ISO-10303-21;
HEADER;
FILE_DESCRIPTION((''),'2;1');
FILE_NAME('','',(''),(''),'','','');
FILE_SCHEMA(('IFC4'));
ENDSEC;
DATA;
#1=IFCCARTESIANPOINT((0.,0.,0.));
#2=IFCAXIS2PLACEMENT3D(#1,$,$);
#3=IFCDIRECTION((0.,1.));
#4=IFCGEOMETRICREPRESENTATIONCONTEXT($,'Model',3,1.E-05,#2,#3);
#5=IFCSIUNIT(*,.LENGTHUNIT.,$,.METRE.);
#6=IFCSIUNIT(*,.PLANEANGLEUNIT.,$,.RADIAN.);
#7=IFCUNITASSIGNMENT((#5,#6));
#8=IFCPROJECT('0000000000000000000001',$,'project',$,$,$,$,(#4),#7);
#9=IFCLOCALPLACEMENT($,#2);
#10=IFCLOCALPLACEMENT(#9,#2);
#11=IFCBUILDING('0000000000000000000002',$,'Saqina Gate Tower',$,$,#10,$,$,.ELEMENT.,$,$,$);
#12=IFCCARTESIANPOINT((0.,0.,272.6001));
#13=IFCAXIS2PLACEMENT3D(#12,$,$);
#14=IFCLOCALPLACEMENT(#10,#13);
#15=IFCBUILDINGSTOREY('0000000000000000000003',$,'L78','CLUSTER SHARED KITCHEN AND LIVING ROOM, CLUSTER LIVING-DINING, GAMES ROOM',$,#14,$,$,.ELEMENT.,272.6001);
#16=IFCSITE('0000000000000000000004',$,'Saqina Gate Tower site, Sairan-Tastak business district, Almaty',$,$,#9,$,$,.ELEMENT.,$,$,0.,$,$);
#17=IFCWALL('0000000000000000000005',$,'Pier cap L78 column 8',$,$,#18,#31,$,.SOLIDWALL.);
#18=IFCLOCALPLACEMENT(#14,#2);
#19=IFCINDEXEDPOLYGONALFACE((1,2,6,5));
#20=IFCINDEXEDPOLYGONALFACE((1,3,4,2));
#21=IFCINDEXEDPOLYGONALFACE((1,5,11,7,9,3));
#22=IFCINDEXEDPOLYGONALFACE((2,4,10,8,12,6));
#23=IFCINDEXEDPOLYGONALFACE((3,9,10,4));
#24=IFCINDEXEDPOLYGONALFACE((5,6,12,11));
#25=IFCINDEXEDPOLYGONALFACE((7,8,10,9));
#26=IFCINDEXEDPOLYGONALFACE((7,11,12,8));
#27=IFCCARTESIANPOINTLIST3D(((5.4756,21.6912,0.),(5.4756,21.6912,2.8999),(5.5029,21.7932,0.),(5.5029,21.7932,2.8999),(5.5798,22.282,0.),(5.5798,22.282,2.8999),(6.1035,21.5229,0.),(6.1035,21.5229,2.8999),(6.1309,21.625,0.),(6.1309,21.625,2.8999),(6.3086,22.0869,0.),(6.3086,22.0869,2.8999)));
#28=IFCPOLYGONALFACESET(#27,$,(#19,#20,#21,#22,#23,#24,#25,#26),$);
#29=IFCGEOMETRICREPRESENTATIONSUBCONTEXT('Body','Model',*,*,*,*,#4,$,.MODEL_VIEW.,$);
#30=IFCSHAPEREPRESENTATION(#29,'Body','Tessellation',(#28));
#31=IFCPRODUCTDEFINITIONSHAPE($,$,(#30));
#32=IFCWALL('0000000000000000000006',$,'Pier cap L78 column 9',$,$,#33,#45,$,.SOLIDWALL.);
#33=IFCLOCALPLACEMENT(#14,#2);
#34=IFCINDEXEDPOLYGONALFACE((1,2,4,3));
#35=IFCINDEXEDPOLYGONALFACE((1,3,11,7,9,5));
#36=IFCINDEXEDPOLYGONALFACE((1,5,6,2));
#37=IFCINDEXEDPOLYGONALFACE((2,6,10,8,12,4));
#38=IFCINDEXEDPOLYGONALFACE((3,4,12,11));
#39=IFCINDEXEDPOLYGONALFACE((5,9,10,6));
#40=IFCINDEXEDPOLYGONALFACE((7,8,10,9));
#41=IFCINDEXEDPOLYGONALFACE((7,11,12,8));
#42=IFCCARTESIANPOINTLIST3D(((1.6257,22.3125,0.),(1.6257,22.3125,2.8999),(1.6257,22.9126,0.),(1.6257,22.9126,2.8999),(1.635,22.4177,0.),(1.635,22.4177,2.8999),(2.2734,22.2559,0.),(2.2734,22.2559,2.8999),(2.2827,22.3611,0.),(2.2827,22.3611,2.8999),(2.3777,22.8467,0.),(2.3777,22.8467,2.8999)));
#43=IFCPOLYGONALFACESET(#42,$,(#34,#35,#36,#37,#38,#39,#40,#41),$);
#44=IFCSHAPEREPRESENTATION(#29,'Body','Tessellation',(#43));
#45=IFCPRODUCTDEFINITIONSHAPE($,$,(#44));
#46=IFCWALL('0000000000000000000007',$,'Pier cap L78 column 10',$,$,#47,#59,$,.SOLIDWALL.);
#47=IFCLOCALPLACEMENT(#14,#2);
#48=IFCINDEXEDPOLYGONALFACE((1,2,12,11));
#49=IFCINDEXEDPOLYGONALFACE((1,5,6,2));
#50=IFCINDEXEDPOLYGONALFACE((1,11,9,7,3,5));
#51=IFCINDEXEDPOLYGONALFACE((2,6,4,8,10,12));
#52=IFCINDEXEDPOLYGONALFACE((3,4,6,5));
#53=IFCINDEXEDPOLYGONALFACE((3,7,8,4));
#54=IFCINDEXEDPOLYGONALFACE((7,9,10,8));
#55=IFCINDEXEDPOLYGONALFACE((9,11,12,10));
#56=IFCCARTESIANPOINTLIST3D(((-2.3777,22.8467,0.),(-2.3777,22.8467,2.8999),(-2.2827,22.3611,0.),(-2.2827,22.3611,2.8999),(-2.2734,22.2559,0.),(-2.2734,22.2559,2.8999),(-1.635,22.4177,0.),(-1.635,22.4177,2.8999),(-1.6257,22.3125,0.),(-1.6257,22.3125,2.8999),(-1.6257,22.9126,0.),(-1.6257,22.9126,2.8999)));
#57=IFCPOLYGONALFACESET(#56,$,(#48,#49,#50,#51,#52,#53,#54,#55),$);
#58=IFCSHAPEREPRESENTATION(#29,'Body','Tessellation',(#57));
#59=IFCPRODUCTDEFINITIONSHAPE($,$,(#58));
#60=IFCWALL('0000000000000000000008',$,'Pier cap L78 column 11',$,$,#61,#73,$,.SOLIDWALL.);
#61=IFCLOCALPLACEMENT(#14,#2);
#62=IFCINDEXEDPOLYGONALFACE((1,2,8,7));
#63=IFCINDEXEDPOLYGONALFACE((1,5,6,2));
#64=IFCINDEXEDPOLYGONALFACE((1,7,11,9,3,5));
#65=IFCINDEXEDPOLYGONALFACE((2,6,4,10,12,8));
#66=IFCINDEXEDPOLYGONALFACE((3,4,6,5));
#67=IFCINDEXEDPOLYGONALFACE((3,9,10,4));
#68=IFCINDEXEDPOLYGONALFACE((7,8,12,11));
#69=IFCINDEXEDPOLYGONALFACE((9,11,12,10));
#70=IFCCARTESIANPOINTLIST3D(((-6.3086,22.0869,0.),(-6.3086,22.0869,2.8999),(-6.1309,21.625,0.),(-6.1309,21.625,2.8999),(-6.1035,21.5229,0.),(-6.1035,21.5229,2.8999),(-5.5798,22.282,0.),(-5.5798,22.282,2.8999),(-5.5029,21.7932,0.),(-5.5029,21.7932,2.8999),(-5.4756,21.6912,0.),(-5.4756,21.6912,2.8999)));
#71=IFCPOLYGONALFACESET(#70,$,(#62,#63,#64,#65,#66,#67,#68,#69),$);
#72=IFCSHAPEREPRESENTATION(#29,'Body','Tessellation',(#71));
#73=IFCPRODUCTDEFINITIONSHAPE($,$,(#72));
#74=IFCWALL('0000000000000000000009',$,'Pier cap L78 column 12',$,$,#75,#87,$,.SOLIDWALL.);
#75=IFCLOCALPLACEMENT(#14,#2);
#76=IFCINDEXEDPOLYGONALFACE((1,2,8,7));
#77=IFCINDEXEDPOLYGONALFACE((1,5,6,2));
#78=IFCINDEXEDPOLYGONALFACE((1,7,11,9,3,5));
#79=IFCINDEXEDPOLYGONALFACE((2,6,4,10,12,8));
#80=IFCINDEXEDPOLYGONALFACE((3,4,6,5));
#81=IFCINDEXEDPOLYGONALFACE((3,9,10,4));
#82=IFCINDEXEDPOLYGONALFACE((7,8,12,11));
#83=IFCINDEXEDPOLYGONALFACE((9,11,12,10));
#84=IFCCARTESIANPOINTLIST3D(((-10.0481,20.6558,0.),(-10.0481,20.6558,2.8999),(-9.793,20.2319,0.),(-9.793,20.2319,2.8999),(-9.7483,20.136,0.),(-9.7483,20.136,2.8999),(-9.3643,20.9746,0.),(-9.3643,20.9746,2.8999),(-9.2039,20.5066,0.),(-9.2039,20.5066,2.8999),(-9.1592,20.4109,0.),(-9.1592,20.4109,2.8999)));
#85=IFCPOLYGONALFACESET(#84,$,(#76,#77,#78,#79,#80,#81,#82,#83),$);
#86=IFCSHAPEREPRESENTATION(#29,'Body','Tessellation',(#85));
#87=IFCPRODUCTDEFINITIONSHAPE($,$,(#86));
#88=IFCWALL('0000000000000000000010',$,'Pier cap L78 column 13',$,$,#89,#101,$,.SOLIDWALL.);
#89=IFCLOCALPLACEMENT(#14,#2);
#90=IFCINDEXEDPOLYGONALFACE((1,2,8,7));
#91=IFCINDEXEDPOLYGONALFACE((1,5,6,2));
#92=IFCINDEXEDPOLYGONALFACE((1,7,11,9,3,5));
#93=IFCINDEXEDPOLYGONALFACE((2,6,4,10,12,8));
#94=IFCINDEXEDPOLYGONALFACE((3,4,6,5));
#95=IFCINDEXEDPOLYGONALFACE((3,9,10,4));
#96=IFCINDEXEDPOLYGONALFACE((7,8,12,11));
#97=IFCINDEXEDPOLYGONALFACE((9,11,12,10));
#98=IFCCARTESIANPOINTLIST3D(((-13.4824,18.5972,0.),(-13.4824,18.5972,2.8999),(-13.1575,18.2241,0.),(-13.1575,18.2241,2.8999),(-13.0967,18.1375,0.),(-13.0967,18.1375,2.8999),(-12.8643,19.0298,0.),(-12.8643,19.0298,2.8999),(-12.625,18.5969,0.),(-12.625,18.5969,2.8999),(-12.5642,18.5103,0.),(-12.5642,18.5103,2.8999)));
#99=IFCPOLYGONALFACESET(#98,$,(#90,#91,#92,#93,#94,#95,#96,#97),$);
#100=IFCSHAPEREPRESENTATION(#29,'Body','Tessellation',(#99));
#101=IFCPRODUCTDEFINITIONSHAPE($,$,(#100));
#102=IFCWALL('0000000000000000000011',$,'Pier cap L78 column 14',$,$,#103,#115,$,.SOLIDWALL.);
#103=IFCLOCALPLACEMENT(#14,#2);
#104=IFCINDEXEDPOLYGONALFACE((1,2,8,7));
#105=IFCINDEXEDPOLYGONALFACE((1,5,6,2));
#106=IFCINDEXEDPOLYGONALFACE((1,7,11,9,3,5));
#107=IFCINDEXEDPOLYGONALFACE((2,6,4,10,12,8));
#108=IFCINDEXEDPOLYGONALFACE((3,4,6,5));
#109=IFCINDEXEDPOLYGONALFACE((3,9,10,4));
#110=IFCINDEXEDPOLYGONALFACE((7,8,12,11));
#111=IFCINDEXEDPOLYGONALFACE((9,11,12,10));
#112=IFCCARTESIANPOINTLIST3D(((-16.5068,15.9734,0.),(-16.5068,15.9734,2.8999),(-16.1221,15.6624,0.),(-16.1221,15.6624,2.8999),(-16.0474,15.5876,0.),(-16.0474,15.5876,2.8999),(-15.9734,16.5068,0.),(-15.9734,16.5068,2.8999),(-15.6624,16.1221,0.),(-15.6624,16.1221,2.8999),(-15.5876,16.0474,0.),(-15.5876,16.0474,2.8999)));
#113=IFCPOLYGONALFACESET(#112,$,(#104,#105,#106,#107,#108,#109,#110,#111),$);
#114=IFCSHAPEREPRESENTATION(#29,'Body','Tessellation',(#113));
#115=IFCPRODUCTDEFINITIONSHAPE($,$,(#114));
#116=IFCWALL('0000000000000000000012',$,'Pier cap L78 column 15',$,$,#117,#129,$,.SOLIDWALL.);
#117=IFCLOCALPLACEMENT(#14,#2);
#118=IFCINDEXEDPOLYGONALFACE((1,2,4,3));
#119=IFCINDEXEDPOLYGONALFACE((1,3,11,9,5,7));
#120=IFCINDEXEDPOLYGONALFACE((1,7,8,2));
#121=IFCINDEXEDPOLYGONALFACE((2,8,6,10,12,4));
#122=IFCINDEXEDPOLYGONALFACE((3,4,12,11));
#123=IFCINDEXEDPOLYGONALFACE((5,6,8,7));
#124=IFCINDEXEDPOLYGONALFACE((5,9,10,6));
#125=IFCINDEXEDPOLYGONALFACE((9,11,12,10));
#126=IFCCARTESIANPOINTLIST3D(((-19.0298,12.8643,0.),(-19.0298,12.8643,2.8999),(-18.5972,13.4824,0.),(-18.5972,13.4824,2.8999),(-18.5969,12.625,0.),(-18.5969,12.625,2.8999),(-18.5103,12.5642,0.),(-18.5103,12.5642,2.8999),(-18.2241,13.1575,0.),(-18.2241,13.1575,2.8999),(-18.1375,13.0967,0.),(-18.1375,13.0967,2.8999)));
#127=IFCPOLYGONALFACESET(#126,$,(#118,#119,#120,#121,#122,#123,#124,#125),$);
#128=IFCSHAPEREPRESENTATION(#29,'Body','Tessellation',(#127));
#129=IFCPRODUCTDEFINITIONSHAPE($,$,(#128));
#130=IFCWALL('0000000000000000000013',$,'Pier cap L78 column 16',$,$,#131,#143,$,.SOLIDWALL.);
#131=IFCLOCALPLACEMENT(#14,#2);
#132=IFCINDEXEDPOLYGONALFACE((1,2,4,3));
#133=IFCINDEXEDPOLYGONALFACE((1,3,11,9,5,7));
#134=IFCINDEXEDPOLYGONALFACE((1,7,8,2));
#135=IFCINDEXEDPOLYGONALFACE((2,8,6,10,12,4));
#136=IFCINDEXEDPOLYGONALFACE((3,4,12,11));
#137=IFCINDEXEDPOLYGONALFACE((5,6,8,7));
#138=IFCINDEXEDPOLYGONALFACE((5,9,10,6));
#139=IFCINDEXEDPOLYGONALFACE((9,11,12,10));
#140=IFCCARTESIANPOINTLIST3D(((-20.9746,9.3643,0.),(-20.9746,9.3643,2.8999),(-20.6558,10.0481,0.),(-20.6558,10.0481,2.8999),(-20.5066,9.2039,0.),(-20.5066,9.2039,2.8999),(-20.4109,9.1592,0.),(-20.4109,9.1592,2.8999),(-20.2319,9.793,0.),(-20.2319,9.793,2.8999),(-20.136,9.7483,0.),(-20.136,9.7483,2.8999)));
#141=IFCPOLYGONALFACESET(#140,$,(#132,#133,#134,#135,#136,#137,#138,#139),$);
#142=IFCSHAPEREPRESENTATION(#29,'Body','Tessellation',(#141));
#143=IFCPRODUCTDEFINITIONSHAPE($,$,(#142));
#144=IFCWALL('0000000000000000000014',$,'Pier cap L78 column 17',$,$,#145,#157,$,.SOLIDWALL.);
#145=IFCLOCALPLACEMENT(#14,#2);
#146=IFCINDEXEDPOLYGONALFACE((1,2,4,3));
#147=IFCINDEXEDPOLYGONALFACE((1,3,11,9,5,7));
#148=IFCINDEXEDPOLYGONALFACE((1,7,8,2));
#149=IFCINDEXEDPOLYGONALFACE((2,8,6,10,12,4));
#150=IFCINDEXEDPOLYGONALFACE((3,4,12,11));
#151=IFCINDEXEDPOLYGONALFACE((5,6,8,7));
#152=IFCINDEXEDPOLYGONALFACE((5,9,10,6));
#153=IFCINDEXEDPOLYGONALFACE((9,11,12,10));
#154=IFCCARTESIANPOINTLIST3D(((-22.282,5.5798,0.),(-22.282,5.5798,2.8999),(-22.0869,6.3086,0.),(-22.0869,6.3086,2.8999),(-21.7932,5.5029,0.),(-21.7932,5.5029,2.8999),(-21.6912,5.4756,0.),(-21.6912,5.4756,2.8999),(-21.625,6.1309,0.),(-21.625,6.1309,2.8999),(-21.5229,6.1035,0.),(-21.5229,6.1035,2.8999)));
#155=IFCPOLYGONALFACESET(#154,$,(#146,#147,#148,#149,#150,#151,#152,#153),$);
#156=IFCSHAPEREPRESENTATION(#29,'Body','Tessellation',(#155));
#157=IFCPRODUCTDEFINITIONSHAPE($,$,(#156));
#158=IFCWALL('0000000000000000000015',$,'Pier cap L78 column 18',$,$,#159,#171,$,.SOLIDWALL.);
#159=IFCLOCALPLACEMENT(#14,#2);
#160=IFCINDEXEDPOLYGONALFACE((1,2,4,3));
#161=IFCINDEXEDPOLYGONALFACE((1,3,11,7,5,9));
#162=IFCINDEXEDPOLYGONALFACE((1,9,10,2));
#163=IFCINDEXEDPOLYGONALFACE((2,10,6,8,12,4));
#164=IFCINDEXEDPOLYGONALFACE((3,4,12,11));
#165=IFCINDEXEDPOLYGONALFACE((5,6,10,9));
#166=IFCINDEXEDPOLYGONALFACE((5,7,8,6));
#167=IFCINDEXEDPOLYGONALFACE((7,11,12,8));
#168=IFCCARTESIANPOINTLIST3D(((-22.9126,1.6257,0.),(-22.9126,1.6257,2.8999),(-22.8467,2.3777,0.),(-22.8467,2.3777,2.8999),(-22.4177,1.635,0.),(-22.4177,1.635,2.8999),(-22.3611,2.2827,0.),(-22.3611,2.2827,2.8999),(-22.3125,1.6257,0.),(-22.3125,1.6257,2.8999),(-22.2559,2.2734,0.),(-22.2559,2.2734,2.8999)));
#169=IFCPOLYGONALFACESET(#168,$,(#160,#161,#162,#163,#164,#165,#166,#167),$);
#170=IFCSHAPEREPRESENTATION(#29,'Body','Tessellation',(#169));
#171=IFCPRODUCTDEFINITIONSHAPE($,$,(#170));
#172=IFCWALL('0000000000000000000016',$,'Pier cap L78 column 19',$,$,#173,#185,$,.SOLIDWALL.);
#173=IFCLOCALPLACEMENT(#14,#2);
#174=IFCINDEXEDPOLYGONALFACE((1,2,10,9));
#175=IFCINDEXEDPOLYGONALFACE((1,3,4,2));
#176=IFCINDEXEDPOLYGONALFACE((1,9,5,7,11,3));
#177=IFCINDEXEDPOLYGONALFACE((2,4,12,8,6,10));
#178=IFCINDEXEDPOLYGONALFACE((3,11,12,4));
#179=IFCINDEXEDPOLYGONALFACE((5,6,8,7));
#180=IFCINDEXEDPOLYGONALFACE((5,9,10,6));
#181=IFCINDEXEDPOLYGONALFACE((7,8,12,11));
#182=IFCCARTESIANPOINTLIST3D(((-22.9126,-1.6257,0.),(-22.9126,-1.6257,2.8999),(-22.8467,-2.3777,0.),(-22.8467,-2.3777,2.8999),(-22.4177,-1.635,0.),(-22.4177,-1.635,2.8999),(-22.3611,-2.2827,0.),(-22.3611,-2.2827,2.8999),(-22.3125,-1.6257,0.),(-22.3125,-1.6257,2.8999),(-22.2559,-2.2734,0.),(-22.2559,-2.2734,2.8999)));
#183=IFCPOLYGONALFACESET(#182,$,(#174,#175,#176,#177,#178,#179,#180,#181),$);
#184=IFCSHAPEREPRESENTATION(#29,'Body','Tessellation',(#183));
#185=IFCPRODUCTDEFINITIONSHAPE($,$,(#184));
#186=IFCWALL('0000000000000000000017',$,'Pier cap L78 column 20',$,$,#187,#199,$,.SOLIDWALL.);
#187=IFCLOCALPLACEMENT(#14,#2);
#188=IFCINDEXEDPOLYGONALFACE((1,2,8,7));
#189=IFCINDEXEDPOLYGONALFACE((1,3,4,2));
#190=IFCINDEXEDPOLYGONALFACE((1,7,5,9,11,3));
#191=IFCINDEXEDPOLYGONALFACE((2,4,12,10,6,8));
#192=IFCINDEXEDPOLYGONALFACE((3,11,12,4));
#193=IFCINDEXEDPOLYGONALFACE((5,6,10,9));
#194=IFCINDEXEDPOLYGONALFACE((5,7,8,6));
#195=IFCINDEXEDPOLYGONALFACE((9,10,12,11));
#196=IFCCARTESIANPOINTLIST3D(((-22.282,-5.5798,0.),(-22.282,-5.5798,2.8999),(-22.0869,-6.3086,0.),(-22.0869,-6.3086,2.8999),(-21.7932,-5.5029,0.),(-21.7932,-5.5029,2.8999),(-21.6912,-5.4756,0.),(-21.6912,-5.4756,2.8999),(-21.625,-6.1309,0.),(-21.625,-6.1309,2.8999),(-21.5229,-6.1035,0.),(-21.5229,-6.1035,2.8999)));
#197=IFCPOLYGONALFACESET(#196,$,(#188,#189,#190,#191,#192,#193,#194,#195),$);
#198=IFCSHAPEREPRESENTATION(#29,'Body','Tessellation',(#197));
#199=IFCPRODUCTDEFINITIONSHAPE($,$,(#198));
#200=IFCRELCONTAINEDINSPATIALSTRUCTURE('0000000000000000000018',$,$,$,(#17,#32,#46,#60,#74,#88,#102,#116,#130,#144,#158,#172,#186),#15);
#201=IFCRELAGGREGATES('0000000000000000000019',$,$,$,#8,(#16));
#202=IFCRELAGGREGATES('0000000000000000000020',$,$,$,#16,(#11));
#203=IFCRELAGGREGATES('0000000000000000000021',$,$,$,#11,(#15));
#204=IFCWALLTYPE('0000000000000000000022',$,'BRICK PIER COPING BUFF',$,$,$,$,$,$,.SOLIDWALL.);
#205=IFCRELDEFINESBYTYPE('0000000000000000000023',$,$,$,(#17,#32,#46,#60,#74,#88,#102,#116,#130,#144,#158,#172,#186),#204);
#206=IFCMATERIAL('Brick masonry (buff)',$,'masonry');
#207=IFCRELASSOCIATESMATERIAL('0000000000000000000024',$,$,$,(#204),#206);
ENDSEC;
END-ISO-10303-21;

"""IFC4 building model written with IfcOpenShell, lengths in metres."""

from ifc_helpers import new_model, si_unit, direction, frame, origin, place, context, subcontext, project, spatial, polyline, outline, extrude, material, type_object, element, save


model = new_model("IFC4")

# Units and contexts
model_context = context("Model", 3, precision=1e-05, world=origin(), true_north=direction((0.0, 1.0)))
body_context = subcontext(model_context, "Body", "Model", "MODEL_VIEW")
ifc_project = project(units=[si_unit("LENGTHUNIT", "METRE"), si_unit("PLANEANGLEUNIT", "RADIAN")], contexts=[model_context])

# Site, building, storey
site_placement = place(None, origin())
site = spatial("IfcSite", under=ifc_project, at=site_placement, Name="Saqina Gate Tower site, Sairan-Tastak business district, Almaty", CompositionType="ELEMENT", RefElevation=0.0)
building_placement = place(site_placement, origin())
building = spatial("IfcBuilding", under=site, at=building_placement, Name="Saqina Gate Tower", CompositionType="ELEMENT")
storey_placement = place(building_placement, frame((0.0, 0.0, 272.6001)))
storey = spatial("IfcBuildingStorey", under=building, at=storey_placement, Name="L78", Description="CLUSTER SHARED KITCHEN AND LIVING ROOM, CLUSTER LIVING-DINING, GAMES ROOM", CompositionType="ELEMENT", Elevation=272.6001)

# Walls
ifc_material_1 = material(Name="Brick masonry (buff)", Category="masonry")
wall_type_1 = type_object("IfcWallType", Name="BRICK PIER COPING BUFF", PredefinedType="SOLIDWALL", material=ifc_material_1)
wall_1_placement = place(storey_placement, origin())
element("IfcWall", 1, at=wall_1_placement, inside=storey, type_object=wall_type_1, Name="Pier cap L78 column 8", PredefinedType="SOLIDWALL", context=body_context, shape_type="SweptSolid", body=[
    extrude(outline(polyline([(5.5798, 22.282), (5.4756, 21.6912), (5.5029, 21.7932), (6.1309, 21.625), (6.1035, 21.5229), (6.3086, 22.0869), (5.5798, 22.282)])), origin(), (0.0, 0.0, 1.0), 2.8999),
])
wall_2_placement = place(storey_placement, origin())
element("IfcWall", 2, at=wall_2_placement, inside=storey, type_object=wall_type_1, Name="Pier cap L78 column 9", PredefinedType="SOLIDWALL", context=body_context, shape_type="SweptSolid", body=[
    extrude(outline(polyline([(2.3777, 22.8467), (1.6257, 22.9126), (1.6257, 22.3125), (1.635, 22.4177), (2.2827, 22.3611), (2.2734, 22.2559), (2.3777, 22.8467)])), origin(), (0.0, 0.0, 1.0), 2.8999),
])
wall_3_placement = place(storey_placement, origin())
element("IfcWall", 3, at=wall_3_placement, inside=storey, type_object=wall_type_1, Name="Pier cap L78 column 10", PredefinedType="SOLIDWALL", context=body_context, shape_type="SweptSolid", body=[
    extrude(outline(polyline([(-1.6257, 22.9126), (-2.3777, 22.8467), (-2.2734, 22.2559), (-2.2827, 22.3611), (-1.635, 22.4177), (-1.6257, 22.3125), (-1.6257, 22.9126)])), origin(), (0.0, 0.0, 1.0), 2.8999),
])
wall_4_placement = place(storey_placement, origin())
element("IfcWall", 4, at=wall_4_placement, inside=storey, type_object=wall_type_1, Name="Pier cap L78 column 11", PredefinedType="SOLIDWALL", context=body_context, shape_type="SweptSolid", body=[
    extrude(outline(polyline([(-6.3086, 22.0869), (-6.1035, 21.5229), (-6.1309, 21.625), (-5.5029, 21.7932), (-5.4756, 21.6912), (-5.5798, 22.282), (-6.3086, 22.0869)])), origin(), (0.0, 0.0, 1.0), 2.8999),
])
wall_5_placement = place(storey_placement, origin())
element("IfcWall", 5, at=wall_5_placement, inside=storey, type_object=wall_type_1, Name="Pier cap L78 column 12", PredefinedType="SOLIDWALL", context=body_context, shape_type="SweptSolid", body=[
    extrude(outline(polyline([(-9.3643, 20.9746), (-10.0481, 20.6558), (-9.7483, 20.136), (-9.793, 20.2319), (-9.2039, 20.5066), (-9.1592, 20.4109), (-9.3643, 20.9746)])), origin(), (0.0, 0.0, 1.0), 2.8999),
])
wall_6_placement = place(storey_placement, origin())
element("IfcWall", 6, at=wall_6_placement, inside=storey, type_object=wall_type_1, Name="Pier cap L78 column 13", PredefinedType="SOLIDWALL", context=body_context, shape_type="SweptSolid", body=[
    extrude(outline(polyline([(-12.8643, 19.0298), (-13.4824, 18.5972), (-13.0967, 18.1375), (-13.1575, 18.2241), (-12.625, 18.5969), (-12.5642, 18.5103), (-12.8643, 19.0298)])), origin(), (0.0, 0.0, 1.0), 2.8999),
])
wall_7_placement = place(storey_placement, origin())
element("IfcWall", 7, at=wall_7_placement, inside=storey, type_object=wall_type_1, Name="Pier cap L78 column 14", PredefinedType="SOLIDWALL", context=body_context, shape_type="SweptSolid", body=[
    extrude(outline(polyline([(-16.5068, 15.9734), (-16.0474, 15.5876), (-16.1221, 15.6624), (-15.6624, 16.1221), (-15.5876, 16.0474), (-15.9734, 16.5068), (-16.5068, 15.9734)])), origin(), (0.0, 0.0, 1.0), 2.8999),
])
wall_8_placement = place(storey_placement, origin())
element("IfcWall", 8, at=wall_8_placement, inside=storey, type_object=wall_type_1, Name="Pier cap L78 column 15", PredefinedType="SOLIDWALL", context=body_context, shape_type="SweptSolid", body=[
    extrude(outline(polyline([(-19.0298, 12.8643), (-18.5103, 12.5642), (-18.5969, 12.625), (-18.2241, 13.1575), (-18.1375, 13.0967), (-18.5972, 13.4824), (-19.0298, 12.8643)])), origin(), (0.0, 0.0, 1.0), 2.8999),
])
wall_9_placement = place(storey_placement, origin())
element("IfcWall", 9, at=wall_9_placement, inside=storey, type_object=wall_type_1, Name="Pier cap L78 column 16", PredefinedType="SOLIDWALL", context=body_context, shape_type="SweptSolid", body=[
    extrude(outline(polyline([(-20.6558, 10.0481), (-20.9746, 9.3643), (-20.4109, 9.1592), (-20.5066, 9.2039), (-20.2319, 9.793), (-20.136, 9.7483), (-20.6558, 10.0481)])), origin(), (0.0, 0.0, 1.0), 2.8999),
])
wall_10_placement = place(storey_placement, origin())
element("IfcWall", 10, at=wall_10_placement, inside=storey, type_object=wall_type_1, Name="Pier cap L78 column 17", PredefinedType="SOLIDWALL", context=body_context, shape_type="SweptSolid", body=[
    extrude(outline(polyline([(-22.282, 5.5798), (-21.6912, 5.4756), (-21.7932, 5.5029), (-21.625, 6.1309), (-21.5229, 6.1035), (-22.0869, 6.3086), (-22.282, 5.5798)])), origin(), (0.0, 0.0, 1.0), 2.8999),
])
wall_11_placement = place(storey_placement, origin())
element("IfcWall", 11, at=wall_11_placement, inside=storey, type_object=wall_type_1, Name="Pier cap L78 column 18", PredefinedType="SOLIDWALL", context=body_context, shape_type="SweptSolid", body=[
    extrude(outline(polyline([(-22.8467, 2.3777), (-22.9126, 1.6257), (-22.3125, 1.6257), (-22.4177, 1.635), (-22.3611, 2.2827), (-22.2559, 2.2734), (-22.8467, 2.3777)])), origin(), (0.0, 0.0, 1.0), 2.8999),
])
wall_12_placement = place(storey_placement, origin())
element("IfcWall", 12, at=wall_12_placement, inside=storey, type_object=wall_type_1, Name="Pier cap L78 column 19", PredefinedType="SOLIDWALL", context=body_context, shape_type="SweptSolid", body=[
    extrude(outline(polyline([(-22.9126, -1.6257), (-22.8467, -2.3777), (-22.2559, -2.2734), (-22.3611, -2.2827), (-22.4177, -1.635), (-22.3125, -1.6257), (-22.9126, -1.6257)])), origin(), (0.0, 0.0, 1.0), 2.8999),
])
wall_13_placement = place(storey_placement, origin())
element("IfcWall", 13, at=wall_13_placement, inside=storey, type_object=wall_type_1, Name="Pier cap L78 column 20", PredefinedType="SOLIDWALL", context=body_context, shape_type="SweptSolid", body=[
    extrude(outline(polyline([(-22.0869, -6.3086), (-21.5229, -6.1035), (-21.625, -6.1309), (-21.7932, -5.5029), (-21.6912, -5.4756), (-22.282, -5.5798), (-22.0869, -6.3086)])), origin(), (0.0, 0.0, 1.0), 2.8999),
])

save(model, "model.ifc")
